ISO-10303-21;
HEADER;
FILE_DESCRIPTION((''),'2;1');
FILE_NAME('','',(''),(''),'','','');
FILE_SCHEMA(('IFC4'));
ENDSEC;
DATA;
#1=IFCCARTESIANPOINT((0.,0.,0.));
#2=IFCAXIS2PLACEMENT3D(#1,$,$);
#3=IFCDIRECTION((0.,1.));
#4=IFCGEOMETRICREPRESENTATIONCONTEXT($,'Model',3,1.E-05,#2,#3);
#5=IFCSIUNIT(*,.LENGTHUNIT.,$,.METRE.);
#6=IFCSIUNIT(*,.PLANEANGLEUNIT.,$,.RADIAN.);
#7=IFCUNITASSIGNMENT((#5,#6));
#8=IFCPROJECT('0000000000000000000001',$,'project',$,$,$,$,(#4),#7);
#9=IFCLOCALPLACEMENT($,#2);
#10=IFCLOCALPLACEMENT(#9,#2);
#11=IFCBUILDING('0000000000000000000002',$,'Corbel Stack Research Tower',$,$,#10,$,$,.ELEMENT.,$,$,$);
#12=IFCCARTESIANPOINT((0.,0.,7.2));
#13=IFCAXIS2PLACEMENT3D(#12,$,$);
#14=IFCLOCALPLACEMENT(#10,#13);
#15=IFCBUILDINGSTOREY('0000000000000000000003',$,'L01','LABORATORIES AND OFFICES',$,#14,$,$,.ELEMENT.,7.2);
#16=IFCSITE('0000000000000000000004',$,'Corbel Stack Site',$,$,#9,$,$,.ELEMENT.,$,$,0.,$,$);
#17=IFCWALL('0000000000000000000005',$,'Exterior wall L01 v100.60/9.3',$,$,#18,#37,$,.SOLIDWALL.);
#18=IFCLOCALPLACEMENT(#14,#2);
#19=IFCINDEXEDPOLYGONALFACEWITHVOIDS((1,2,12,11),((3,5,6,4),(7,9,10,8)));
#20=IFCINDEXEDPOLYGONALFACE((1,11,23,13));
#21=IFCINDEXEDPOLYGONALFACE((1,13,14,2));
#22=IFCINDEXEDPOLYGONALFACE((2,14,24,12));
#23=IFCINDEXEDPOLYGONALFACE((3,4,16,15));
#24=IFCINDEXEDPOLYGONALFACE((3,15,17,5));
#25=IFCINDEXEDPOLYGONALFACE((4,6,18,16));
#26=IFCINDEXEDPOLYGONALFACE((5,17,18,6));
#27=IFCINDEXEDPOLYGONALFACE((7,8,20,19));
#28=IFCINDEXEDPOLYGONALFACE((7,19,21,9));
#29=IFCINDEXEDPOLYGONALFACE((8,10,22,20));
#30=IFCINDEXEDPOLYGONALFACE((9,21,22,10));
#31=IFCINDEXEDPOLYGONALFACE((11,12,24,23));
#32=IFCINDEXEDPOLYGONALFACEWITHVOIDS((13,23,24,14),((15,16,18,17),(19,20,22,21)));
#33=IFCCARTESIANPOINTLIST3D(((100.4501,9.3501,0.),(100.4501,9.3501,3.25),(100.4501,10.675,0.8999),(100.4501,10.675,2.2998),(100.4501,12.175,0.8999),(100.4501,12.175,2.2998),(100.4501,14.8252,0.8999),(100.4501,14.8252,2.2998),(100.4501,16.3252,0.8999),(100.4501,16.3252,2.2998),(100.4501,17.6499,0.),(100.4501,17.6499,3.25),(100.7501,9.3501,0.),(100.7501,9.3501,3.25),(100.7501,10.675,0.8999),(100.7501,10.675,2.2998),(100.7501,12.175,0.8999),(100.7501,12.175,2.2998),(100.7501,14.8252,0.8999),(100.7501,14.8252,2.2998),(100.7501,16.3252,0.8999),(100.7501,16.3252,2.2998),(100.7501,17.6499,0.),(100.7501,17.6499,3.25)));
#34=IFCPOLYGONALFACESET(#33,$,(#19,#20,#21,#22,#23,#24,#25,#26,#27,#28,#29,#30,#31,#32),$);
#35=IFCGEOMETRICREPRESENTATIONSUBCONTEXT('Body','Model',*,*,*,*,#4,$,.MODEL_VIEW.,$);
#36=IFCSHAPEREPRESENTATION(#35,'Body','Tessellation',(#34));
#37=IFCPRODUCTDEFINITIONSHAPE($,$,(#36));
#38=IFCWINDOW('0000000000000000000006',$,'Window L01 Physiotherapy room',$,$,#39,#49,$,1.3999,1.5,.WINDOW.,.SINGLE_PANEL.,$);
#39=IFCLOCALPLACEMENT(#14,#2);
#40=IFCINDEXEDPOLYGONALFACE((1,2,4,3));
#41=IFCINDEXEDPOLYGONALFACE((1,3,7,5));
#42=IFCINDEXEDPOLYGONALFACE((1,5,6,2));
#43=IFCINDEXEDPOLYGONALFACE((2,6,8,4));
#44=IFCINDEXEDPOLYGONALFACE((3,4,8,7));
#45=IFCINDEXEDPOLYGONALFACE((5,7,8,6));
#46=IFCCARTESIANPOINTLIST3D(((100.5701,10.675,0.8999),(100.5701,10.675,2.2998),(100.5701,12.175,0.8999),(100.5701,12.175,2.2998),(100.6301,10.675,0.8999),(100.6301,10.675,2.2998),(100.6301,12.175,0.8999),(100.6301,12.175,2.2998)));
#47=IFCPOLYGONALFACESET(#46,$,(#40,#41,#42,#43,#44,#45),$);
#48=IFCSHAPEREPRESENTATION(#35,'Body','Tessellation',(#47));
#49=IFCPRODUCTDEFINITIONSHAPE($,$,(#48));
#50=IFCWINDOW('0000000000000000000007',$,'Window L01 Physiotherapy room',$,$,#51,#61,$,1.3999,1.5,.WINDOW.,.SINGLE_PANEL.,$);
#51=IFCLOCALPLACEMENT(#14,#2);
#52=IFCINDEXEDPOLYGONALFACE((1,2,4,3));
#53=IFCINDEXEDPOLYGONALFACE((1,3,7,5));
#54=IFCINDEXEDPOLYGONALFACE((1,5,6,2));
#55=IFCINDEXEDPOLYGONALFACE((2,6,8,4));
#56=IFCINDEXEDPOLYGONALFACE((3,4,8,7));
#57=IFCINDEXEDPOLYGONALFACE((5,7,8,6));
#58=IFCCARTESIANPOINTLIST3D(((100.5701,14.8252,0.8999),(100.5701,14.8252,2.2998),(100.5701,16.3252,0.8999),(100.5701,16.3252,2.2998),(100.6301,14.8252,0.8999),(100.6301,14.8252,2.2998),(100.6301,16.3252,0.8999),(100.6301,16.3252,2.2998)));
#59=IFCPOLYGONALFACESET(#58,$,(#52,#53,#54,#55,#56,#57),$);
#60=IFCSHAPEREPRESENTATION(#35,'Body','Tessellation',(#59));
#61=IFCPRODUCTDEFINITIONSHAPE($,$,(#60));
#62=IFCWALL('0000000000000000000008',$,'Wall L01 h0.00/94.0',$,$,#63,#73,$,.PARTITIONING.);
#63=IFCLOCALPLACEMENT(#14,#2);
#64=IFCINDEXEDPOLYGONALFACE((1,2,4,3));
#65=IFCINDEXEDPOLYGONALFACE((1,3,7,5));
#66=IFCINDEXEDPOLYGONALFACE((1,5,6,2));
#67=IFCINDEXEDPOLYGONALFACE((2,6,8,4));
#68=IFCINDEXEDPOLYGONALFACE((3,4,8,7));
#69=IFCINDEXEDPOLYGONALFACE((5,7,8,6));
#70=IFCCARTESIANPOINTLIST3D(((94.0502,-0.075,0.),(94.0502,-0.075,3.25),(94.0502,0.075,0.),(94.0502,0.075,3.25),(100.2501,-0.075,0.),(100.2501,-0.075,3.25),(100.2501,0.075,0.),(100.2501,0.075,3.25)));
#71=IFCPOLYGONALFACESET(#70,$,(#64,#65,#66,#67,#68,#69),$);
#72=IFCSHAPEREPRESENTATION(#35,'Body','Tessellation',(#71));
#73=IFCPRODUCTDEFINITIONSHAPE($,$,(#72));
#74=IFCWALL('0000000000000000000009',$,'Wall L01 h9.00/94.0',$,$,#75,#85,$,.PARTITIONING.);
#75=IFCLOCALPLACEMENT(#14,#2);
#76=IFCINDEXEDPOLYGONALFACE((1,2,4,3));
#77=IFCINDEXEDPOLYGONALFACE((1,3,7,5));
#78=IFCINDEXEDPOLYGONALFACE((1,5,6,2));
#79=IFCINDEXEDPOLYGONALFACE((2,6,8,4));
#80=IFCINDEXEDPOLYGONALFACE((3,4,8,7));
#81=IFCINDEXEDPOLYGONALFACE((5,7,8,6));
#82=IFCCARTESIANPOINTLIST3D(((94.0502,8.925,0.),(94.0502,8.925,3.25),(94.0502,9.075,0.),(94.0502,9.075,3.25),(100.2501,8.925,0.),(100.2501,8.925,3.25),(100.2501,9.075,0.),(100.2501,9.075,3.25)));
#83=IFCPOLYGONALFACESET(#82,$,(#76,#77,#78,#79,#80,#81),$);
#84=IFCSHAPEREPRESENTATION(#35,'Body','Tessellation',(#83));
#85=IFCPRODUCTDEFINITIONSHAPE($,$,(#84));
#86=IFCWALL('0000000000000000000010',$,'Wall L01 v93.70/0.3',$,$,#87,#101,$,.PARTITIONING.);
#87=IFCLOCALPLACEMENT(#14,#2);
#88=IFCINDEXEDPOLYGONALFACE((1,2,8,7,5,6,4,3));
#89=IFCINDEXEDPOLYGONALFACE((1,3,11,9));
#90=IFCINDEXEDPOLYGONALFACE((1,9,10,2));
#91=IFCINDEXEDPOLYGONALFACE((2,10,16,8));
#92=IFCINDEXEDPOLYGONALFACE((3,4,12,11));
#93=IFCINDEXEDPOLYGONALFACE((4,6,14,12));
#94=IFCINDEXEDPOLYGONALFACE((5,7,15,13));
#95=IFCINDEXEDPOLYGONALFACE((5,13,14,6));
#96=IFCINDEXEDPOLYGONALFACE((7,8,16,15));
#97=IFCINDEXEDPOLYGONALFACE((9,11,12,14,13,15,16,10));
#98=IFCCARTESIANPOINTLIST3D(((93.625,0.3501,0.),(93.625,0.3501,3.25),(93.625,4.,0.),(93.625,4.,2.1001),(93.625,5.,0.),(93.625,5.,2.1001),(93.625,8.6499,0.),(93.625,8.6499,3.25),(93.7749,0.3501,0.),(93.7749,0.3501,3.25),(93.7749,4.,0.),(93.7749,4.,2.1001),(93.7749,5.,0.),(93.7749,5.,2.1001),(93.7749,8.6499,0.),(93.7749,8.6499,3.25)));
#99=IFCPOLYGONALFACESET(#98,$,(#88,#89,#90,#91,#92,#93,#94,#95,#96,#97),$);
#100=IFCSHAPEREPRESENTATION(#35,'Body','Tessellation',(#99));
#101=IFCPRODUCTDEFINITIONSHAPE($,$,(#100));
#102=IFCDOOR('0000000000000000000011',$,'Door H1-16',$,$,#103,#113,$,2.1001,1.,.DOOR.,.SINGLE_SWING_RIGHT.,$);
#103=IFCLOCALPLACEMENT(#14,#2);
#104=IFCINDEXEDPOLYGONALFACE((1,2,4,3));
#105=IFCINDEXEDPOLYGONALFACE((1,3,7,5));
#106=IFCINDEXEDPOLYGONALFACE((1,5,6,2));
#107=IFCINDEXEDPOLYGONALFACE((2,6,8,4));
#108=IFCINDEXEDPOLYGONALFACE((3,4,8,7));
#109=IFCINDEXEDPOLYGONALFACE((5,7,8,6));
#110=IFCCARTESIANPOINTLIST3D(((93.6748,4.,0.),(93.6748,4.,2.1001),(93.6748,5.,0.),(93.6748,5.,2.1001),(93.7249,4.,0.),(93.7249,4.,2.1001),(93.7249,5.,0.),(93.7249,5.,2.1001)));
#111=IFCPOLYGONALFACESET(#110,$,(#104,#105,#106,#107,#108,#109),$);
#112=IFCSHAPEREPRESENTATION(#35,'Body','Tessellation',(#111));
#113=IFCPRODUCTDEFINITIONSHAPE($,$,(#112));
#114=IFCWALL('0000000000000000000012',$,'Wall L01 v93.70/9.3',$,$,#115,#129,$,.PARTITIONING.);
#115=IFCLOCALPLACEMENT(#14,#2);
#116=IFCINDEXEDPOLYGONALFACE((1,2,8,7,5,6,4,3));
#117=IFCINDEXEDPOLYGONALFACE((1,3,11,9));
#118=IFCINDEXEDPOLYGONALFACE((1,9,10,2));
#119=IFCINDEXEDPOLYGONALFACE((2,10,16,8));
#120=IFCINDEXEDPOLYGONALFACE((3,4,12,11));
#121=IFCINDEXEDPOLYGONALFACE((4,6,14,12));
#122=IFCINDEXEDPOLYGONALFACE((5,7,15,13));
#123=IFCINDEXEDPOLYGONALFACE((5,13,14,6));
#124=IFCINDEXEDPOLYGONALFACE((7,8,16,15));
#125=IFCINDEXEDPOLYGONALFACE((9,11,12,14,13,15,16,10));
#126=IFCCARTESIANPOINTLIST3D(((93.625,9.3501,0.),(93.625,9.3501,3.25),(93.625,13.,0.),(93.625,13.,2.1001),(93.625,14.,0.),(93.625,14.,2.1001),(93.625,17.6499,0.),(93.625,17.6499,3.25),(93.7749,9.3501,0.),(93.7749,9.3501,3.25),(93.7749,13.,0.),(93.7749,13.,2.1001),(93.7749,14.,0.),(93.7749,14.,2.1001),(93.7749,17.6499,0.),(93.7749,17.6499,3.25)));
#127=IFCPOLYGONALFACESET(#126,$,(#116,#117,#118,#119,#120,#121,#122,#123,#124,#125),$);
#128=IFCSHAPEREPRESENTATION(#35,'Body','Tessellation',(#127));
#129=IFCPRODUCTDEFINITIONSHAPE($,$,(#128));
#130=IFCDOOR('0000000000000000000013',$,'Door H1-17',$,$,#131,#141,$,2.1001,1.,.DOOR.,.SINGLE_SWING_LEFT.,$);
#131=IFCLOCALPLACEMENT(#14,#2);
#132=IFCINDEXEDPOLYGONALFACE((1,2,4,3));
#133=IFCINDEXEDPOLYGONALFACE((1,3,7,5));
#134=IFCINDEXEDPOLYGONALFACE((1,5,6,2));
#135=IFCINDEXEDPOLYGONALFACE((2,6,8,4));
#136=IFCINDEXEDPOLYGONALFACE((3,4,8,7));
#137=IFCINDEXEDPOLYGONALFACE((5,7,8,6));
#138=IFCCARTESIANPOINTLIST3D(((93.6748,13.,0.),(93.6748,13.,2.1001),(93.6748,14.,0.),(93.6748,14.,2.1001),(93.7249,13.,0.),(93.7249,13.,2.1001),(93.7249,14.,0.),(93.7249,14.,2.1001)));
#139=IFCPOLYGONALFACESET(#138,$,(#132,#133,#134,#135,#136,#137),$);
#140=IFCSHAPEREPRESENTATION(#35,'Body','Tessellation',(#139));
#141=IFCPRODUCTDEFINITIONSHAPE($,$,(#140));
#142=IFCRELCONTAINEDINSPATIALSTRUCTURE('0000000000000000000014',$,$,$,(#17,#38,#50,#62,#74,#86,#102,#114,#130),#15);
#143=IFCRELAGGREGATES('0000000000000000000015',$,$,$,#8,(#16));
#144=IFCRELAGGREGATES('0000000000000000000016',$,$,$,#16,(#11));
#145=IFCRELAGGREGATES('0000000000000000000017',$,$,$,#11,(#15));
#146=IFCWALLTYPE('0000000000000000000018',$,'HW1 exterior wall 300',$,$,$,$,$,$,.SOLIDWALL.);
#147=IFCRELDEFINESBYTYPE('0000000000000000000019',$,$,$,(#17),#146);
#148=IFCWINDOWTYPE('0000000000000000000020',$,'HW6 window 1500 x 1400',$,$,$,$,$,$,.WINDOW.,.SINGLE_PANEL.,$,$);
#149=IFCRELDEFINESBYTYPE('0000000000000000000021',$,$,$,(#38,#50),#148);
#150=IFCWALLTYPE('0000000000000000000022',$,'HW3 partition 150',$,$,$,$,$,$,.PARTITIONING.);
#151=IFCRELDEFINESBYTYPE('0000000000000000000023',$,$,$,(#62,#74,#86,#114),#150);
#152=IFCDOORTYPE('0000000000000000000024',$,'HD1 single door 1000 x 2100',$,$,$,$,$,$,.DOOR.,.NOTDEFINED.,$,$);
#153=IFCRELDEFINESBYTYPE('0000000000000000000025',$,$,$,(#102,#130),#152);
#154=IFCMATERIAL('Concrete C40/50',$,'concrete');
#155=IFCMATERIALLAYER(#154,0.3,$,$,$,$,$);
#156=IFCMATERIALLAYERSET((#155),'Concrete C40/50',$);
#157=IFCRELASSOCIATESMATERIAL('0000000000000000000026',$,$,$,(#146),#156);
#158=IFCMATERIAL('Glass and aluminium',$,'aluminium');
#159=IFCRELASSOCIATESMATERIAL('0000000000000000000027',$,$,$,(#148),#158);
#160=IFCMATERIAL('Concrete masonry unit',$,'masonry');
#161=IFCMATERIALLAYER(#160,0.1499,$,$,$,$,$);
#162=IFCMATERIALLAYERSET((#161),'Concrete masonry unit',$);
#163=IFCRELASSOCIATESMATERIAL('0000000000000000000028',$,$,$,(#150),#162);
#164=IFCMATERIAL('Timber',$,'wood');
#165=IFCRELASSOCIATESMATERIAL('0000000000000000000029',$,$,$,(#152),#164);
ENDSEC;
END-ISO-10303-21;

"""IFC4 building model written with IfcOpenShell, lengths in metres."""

from ifc_helpers import new_model, si_unit, direction, frame, frame_2d, origin, place, context, subcontext, project, spatial, rectangle, extrude, material, layer, layer_set, type_object, element, fill, save


model = new_model("IFC4")

# Units and contexts
model_context = context("Model", 3, precision=1e-05, world=origin(), true_north=direction((0.0, 1.0)))
body_context = subcontext(model_context, "Body", "Model", "MODEL_VIEW")
ifc_project = project(units=[si_unit("LENGTHUNIT", "METRE"), si_unit("PLANEANGLEUNIT", "RADIAN")], contexts=[model_context])

# Site, building, storey
site_placement = place(None, origin())
site = spatial("IfcSite", under=ifc_project, at=site_placement, Name="Corbel Stack Site", CompositionType="ELEMENT", RefElevation=0.0)
building_placement = place(site_placement, origin())
building = spatial("IfcBuilding", under=site, at=building_placement, Name="Corbel Stack Research Tower", CompositionType="ELEMENT")
storey_placement = place(building_placement, frame((0.0, 0.0, 7.2)))
storey = spatial("IfcBuildingStorey", under=building, at=storey_placement, Name="L01", Description="LABORATORIES AND OFFICES", CompositionType="ELEMENT", Elevation=7.2)

# Wall, openings, windows
ifc_material_1 = material(Name="Concrete C40/50", Category="concrete")
ifc_layer_1 = layer(ifc_material_1, 0.3)
ifc_layer_set_1 = layer_set([ifc_layer_1], Name="Concrete C40/50")
wall_type_1 = type_object("IfcWallType", Name="HW1 exterior wall 300", PredefinedType="SOLIDWALL", material=ifc_layer_set_1)
ifc_material_2 = material(Name="Glass and aluminium", Category="aluminium")
window_type = type_object("IfcWindowType", Name="HW6 window 1500 x 1400", PartitioningType="SINGLE_PANEL", PredefinedType="WINDOW", material=ifc_material_2)
wall_1_placement = place(storey_placement, frame((100.6001, 9.3501, 0.0), z_axis=(0.0, 0.0, 1.0), x_axis=(0.0, 1.0, 0.0)))
wall_1 = element("IfcWall", 1, at=wall_1_placement, inside=storey, type_object=wall_type_1, Name="Exterior wall L01 v100.60/9.3", PredefinedType="SOLIDWALL", context=body_context, shape_type="SweptSolid", body=[
    extrude(rectangle(XDim=8.2998, YDim=0.3, at=frame_2d((4.1499, 0.0))), origin(), (0.0, 0.0, 1.0), 3.25),
])
opening_1_placement = place(wall_1_placement, frame((1.325, 0.0, 0.8999)))
opening_1 = element("IfcOpeningElement", 2, at=opening_1_placement, cuts=wall_1, PredefinedType="OPENING", context=body_context, shape_type="SweptSolid", body=[
    extrude(rectangle(XDim=1.5, YDim=1.3999, at=frame_2d((0.75, 0.7))), frame((0.0, 0.1599, 0.0), z_axis=(0.0, -1.0, 0.0), x_axis=(1.0, 0.0, 0.0)), (0.0, 0.0, 1.0), 0.3201),
])
opening_2_placement = place(wall_1_placement, frame((5.4751, 0.0, 0.8999)))
opening_2 = element("IfcOpeningElement", 3, at=opening_2_placement, cuts=wall_1, PredefinedType="OPENING", context=body_context, shape_type="SweptSolid", body=[
    extrude(rectangle(XDim=1.5, YDim=1.3999, at=frame_2d((0.75, 0.7))), frame((0.0, 0.1599, 0.0), z_axis=(0.0, -1.0, 0.0), x_axis=(1.0, 0.0, 0.0)), (0.0, 0.0, 1.0), 0.3201),
])
window_1_placement = place(opening_1_placement, origin())
window_1 = element("IfcWindow", 4, at=window_1_placement, inside=storey, type_object=window_type, Name="Window L01 Physiotherapy room", OverallHeight=1.3999, OverallWidth=1.5, PartitioningType="SINGLE_PANEL", PredefinedType="WINDOW", context=body_context, shape_type="SweptSolid", body=[
    extrude(rectangle(XDim=1.5, YDim=1.3999, at=frame_2d((0.75, 0.7))), frame((0.0, 0.03, 0.0), z_axis=(0.0, -1.0, 0.0), x_axis=(1.0, 0.0, 0.0)), (0.0, 0.0, 1.0), 0.0601),
])
fill(opening_1, window_1)
window_2_placement = place(opening_2_placement, origin())
window_2 = element("IfcWindow", 5, at=window_2_placement, inside=storey, type_object=window_type, Name="Window L01 Physiotherapy room", OverallHeight=1.3999, OverallWidth=1.5, PartitioningType="SINGLE_PANEL", PredefinedType="WINDOW", context=body_context, shape_type="SweptSolid", body=[
    extrude(rectangle(XDim=1.5, YDim=1.3999, at=frame_2d((0.75, 0.7))), frame((0.0, 0.03, 0.0), z_axis=(0.0, -1.0, 0.0), x_axis=(1.0, 0.0, 0.0)), (0.0, 0.0, 1.0), 0.0601),
])
fill(opening_2, window_2)

# Walls
ifc_material_3 = material(Name="Concrete masonry unit", Category="masonry")
ifc_layer_2 = layer(ifc_material_3, 0.1499)
ifc_layer_set_2 = layer_set([ifc_layer_2], Name="Concrete masonry unit")
wall_type_2 = type_object("IfcWallType", Name="HW3 partition 150", PredefinedType="PARTITIONING", material=ifc_layer_set_2)
for number, where, z_axis, x_axis, name in (
    (6, (94.05, 0.0, 0.0), (0.0, 0.0, 1.0), (1.0, 0.0, 0.0), "Wall L01 h0.00/94.0"),
    (7, (94.05, 9.0, 0.0), (0.0, 0.0, 1.0), (1.0, 0.0, 0.0), "Wall L01 h9.00/94.0"),
):
    element("IfcWall", number, at=place(storey_placement, frame(where, z_axis=z_axis, x_axis=x_axis)), inside=storey, type_object=wall_type_2, Name=name, PredefinedType="PARTITIONING", context=body_context, shape_type="SweptSolid", body=[
        extrude(rectangle(XDim=6.2, YDim=0.1499, at=frame_2d((3.1001, 0.0))), origin(), (0.0, 0.0, 1.0), 3.25),
    ])

# Walls, openings, doors
wall_2_placement = place(storey_placement, frame((93.7, 8.6499, 0.0), z_axis=(0.0, 0.0, 1.0), x_axis=(0.0, -1.0, 0.0)))
wall_2 = element("IfcWall", 8, at=wall_2_placement, inside=storey, type_object=wall_type_2, Name="Wall L01 v93.70/0.3", PredefinedType="PARTITIONING", context=body_context, shape_type="SweptSolid", body=[
    extrude(rectangle(XDim=8.2998, YDim=0.1499, at=frame_2d((4.1499, 0.0))), origin(), (0.0, 0.0, 1.0), 3.25),
])
opening_3_placement = place(wall_2_placement, frame((3.6499, 0.0, 0.0)))
opening_3 = element("IfcOpeningElement", 9, at=opening_3_placement, cuts=wall_2, PredefinedType="OPENING", context=body_context, shape_type="SweptSolid", body=[
    extrude(rectangle(XDim=1.0, YDim=2.1001, at=frame_2d((0.5, 1.05))), frame((0.0, 0.085, 0.0), z_axis=(0.0, -1.0, 0.0), x_axis=(1.0, 0.0, 0.0)), (0.0, 0.0, 1.0), 0.1699),
])
ifc_material_4 = material(Name="Timber", Category="wood")
door_type = type_object("IfcDoorType", Name="HD1 single door 1000 x 2100", OperationType="NOTDEFINED", PredefinedType="DOOR", material=ifc_material_4)
door_1_placement = place(opening_3_placement, origin())
door_1 = element("IfcDoor", 10, at=door_1_placement, inside=storey, type_object=door_type, Name="Door H1-16", OperationType="SINGLE_SWING_RIGHT", OverallHeight=2.1001, OverallWidth=1.0, PredefinedType="DOOR", context=body_context, shape_type="SweptSolid", body=[
    extrude(rectangle(XDim=1.0, YDim=2.1001, at=frame_2d((0.5, 1.05))), frame((0.0, 0.0249, 0.0), z_axis=(0.0, -1.0, 0.0), x_axis=(1.0, 0.0, 0.0)), (0.0, 0.0, 1.0), 0.05),
])
fill(opening_3, door_1)
wall_3_placement = place(storey_placement, frame((93.7, 17.6499, 0.0), z_axis=(0.0, 0.0, 1.0), x_axis=(0.0, -1.0, 0.0)))
wall_3 = element("IfcWall", 11, at=wall_3_placement, inside=storey, type_object=wall_type_2, Name="Wall L01 v93.70/9.3", PredefinedType="PARTITIONING", context=body_context, shape_type="SweptSolid", body=[
    extrude(rectangle(XDim=8.2998, YDim=0.1499, at=frame_2d((4.1499, 0.0))), origin(), (0.0, 0.0, 1.0), 3.25),
])
opening_4_placement = place(wall_3_placement, frame((3.6499, 0.0, 0.0)))
opening_4 = element("IfcOpeningElement", 12, at=opening_4_placement, cuts=wall_3, PredefinedType="OPENING", context=body_context, shape_type="SweptSolid", body=[
    extrude(rectangle(XDim=1.0, YDim=2.1001, at=frame_2d((0.5, 1.05))), frame((0.0, 0.085, 0.0), z_axis=(0.0, -1.0, 0.0), x_axis=(1.0, 0.0, 0.0)), (0.0, 0.0, 1.0), 0.1699),
])
door_2_placement = place(opening_4_placement, origin())
door_2 = element("IfcDoor", 13, at=door_2_placement, inside=storey, type_object=door_type, Name="Door H1-17", OperationType="SINGLE_SWING_LEFT", OverallHeight=2.1001, OverallWidth=1.0, PredefinedType="DOOR", context=body_context, shape_type="SweptSolid", body=[
    extrude(rectangle(XDim=1.0, YDim=2.1001, at=frame_2d((0.5, 1.05))), frame((0.0, 0.0249, 0.0), z_axis=(0.0, -1.0, 0.0), x_axis=(1.0, 0.0, 0.0)), (0.0, 0.0, 1.0), 0.05),
])
fill(opening_4, door_2)

save(model, "model.ifc")
